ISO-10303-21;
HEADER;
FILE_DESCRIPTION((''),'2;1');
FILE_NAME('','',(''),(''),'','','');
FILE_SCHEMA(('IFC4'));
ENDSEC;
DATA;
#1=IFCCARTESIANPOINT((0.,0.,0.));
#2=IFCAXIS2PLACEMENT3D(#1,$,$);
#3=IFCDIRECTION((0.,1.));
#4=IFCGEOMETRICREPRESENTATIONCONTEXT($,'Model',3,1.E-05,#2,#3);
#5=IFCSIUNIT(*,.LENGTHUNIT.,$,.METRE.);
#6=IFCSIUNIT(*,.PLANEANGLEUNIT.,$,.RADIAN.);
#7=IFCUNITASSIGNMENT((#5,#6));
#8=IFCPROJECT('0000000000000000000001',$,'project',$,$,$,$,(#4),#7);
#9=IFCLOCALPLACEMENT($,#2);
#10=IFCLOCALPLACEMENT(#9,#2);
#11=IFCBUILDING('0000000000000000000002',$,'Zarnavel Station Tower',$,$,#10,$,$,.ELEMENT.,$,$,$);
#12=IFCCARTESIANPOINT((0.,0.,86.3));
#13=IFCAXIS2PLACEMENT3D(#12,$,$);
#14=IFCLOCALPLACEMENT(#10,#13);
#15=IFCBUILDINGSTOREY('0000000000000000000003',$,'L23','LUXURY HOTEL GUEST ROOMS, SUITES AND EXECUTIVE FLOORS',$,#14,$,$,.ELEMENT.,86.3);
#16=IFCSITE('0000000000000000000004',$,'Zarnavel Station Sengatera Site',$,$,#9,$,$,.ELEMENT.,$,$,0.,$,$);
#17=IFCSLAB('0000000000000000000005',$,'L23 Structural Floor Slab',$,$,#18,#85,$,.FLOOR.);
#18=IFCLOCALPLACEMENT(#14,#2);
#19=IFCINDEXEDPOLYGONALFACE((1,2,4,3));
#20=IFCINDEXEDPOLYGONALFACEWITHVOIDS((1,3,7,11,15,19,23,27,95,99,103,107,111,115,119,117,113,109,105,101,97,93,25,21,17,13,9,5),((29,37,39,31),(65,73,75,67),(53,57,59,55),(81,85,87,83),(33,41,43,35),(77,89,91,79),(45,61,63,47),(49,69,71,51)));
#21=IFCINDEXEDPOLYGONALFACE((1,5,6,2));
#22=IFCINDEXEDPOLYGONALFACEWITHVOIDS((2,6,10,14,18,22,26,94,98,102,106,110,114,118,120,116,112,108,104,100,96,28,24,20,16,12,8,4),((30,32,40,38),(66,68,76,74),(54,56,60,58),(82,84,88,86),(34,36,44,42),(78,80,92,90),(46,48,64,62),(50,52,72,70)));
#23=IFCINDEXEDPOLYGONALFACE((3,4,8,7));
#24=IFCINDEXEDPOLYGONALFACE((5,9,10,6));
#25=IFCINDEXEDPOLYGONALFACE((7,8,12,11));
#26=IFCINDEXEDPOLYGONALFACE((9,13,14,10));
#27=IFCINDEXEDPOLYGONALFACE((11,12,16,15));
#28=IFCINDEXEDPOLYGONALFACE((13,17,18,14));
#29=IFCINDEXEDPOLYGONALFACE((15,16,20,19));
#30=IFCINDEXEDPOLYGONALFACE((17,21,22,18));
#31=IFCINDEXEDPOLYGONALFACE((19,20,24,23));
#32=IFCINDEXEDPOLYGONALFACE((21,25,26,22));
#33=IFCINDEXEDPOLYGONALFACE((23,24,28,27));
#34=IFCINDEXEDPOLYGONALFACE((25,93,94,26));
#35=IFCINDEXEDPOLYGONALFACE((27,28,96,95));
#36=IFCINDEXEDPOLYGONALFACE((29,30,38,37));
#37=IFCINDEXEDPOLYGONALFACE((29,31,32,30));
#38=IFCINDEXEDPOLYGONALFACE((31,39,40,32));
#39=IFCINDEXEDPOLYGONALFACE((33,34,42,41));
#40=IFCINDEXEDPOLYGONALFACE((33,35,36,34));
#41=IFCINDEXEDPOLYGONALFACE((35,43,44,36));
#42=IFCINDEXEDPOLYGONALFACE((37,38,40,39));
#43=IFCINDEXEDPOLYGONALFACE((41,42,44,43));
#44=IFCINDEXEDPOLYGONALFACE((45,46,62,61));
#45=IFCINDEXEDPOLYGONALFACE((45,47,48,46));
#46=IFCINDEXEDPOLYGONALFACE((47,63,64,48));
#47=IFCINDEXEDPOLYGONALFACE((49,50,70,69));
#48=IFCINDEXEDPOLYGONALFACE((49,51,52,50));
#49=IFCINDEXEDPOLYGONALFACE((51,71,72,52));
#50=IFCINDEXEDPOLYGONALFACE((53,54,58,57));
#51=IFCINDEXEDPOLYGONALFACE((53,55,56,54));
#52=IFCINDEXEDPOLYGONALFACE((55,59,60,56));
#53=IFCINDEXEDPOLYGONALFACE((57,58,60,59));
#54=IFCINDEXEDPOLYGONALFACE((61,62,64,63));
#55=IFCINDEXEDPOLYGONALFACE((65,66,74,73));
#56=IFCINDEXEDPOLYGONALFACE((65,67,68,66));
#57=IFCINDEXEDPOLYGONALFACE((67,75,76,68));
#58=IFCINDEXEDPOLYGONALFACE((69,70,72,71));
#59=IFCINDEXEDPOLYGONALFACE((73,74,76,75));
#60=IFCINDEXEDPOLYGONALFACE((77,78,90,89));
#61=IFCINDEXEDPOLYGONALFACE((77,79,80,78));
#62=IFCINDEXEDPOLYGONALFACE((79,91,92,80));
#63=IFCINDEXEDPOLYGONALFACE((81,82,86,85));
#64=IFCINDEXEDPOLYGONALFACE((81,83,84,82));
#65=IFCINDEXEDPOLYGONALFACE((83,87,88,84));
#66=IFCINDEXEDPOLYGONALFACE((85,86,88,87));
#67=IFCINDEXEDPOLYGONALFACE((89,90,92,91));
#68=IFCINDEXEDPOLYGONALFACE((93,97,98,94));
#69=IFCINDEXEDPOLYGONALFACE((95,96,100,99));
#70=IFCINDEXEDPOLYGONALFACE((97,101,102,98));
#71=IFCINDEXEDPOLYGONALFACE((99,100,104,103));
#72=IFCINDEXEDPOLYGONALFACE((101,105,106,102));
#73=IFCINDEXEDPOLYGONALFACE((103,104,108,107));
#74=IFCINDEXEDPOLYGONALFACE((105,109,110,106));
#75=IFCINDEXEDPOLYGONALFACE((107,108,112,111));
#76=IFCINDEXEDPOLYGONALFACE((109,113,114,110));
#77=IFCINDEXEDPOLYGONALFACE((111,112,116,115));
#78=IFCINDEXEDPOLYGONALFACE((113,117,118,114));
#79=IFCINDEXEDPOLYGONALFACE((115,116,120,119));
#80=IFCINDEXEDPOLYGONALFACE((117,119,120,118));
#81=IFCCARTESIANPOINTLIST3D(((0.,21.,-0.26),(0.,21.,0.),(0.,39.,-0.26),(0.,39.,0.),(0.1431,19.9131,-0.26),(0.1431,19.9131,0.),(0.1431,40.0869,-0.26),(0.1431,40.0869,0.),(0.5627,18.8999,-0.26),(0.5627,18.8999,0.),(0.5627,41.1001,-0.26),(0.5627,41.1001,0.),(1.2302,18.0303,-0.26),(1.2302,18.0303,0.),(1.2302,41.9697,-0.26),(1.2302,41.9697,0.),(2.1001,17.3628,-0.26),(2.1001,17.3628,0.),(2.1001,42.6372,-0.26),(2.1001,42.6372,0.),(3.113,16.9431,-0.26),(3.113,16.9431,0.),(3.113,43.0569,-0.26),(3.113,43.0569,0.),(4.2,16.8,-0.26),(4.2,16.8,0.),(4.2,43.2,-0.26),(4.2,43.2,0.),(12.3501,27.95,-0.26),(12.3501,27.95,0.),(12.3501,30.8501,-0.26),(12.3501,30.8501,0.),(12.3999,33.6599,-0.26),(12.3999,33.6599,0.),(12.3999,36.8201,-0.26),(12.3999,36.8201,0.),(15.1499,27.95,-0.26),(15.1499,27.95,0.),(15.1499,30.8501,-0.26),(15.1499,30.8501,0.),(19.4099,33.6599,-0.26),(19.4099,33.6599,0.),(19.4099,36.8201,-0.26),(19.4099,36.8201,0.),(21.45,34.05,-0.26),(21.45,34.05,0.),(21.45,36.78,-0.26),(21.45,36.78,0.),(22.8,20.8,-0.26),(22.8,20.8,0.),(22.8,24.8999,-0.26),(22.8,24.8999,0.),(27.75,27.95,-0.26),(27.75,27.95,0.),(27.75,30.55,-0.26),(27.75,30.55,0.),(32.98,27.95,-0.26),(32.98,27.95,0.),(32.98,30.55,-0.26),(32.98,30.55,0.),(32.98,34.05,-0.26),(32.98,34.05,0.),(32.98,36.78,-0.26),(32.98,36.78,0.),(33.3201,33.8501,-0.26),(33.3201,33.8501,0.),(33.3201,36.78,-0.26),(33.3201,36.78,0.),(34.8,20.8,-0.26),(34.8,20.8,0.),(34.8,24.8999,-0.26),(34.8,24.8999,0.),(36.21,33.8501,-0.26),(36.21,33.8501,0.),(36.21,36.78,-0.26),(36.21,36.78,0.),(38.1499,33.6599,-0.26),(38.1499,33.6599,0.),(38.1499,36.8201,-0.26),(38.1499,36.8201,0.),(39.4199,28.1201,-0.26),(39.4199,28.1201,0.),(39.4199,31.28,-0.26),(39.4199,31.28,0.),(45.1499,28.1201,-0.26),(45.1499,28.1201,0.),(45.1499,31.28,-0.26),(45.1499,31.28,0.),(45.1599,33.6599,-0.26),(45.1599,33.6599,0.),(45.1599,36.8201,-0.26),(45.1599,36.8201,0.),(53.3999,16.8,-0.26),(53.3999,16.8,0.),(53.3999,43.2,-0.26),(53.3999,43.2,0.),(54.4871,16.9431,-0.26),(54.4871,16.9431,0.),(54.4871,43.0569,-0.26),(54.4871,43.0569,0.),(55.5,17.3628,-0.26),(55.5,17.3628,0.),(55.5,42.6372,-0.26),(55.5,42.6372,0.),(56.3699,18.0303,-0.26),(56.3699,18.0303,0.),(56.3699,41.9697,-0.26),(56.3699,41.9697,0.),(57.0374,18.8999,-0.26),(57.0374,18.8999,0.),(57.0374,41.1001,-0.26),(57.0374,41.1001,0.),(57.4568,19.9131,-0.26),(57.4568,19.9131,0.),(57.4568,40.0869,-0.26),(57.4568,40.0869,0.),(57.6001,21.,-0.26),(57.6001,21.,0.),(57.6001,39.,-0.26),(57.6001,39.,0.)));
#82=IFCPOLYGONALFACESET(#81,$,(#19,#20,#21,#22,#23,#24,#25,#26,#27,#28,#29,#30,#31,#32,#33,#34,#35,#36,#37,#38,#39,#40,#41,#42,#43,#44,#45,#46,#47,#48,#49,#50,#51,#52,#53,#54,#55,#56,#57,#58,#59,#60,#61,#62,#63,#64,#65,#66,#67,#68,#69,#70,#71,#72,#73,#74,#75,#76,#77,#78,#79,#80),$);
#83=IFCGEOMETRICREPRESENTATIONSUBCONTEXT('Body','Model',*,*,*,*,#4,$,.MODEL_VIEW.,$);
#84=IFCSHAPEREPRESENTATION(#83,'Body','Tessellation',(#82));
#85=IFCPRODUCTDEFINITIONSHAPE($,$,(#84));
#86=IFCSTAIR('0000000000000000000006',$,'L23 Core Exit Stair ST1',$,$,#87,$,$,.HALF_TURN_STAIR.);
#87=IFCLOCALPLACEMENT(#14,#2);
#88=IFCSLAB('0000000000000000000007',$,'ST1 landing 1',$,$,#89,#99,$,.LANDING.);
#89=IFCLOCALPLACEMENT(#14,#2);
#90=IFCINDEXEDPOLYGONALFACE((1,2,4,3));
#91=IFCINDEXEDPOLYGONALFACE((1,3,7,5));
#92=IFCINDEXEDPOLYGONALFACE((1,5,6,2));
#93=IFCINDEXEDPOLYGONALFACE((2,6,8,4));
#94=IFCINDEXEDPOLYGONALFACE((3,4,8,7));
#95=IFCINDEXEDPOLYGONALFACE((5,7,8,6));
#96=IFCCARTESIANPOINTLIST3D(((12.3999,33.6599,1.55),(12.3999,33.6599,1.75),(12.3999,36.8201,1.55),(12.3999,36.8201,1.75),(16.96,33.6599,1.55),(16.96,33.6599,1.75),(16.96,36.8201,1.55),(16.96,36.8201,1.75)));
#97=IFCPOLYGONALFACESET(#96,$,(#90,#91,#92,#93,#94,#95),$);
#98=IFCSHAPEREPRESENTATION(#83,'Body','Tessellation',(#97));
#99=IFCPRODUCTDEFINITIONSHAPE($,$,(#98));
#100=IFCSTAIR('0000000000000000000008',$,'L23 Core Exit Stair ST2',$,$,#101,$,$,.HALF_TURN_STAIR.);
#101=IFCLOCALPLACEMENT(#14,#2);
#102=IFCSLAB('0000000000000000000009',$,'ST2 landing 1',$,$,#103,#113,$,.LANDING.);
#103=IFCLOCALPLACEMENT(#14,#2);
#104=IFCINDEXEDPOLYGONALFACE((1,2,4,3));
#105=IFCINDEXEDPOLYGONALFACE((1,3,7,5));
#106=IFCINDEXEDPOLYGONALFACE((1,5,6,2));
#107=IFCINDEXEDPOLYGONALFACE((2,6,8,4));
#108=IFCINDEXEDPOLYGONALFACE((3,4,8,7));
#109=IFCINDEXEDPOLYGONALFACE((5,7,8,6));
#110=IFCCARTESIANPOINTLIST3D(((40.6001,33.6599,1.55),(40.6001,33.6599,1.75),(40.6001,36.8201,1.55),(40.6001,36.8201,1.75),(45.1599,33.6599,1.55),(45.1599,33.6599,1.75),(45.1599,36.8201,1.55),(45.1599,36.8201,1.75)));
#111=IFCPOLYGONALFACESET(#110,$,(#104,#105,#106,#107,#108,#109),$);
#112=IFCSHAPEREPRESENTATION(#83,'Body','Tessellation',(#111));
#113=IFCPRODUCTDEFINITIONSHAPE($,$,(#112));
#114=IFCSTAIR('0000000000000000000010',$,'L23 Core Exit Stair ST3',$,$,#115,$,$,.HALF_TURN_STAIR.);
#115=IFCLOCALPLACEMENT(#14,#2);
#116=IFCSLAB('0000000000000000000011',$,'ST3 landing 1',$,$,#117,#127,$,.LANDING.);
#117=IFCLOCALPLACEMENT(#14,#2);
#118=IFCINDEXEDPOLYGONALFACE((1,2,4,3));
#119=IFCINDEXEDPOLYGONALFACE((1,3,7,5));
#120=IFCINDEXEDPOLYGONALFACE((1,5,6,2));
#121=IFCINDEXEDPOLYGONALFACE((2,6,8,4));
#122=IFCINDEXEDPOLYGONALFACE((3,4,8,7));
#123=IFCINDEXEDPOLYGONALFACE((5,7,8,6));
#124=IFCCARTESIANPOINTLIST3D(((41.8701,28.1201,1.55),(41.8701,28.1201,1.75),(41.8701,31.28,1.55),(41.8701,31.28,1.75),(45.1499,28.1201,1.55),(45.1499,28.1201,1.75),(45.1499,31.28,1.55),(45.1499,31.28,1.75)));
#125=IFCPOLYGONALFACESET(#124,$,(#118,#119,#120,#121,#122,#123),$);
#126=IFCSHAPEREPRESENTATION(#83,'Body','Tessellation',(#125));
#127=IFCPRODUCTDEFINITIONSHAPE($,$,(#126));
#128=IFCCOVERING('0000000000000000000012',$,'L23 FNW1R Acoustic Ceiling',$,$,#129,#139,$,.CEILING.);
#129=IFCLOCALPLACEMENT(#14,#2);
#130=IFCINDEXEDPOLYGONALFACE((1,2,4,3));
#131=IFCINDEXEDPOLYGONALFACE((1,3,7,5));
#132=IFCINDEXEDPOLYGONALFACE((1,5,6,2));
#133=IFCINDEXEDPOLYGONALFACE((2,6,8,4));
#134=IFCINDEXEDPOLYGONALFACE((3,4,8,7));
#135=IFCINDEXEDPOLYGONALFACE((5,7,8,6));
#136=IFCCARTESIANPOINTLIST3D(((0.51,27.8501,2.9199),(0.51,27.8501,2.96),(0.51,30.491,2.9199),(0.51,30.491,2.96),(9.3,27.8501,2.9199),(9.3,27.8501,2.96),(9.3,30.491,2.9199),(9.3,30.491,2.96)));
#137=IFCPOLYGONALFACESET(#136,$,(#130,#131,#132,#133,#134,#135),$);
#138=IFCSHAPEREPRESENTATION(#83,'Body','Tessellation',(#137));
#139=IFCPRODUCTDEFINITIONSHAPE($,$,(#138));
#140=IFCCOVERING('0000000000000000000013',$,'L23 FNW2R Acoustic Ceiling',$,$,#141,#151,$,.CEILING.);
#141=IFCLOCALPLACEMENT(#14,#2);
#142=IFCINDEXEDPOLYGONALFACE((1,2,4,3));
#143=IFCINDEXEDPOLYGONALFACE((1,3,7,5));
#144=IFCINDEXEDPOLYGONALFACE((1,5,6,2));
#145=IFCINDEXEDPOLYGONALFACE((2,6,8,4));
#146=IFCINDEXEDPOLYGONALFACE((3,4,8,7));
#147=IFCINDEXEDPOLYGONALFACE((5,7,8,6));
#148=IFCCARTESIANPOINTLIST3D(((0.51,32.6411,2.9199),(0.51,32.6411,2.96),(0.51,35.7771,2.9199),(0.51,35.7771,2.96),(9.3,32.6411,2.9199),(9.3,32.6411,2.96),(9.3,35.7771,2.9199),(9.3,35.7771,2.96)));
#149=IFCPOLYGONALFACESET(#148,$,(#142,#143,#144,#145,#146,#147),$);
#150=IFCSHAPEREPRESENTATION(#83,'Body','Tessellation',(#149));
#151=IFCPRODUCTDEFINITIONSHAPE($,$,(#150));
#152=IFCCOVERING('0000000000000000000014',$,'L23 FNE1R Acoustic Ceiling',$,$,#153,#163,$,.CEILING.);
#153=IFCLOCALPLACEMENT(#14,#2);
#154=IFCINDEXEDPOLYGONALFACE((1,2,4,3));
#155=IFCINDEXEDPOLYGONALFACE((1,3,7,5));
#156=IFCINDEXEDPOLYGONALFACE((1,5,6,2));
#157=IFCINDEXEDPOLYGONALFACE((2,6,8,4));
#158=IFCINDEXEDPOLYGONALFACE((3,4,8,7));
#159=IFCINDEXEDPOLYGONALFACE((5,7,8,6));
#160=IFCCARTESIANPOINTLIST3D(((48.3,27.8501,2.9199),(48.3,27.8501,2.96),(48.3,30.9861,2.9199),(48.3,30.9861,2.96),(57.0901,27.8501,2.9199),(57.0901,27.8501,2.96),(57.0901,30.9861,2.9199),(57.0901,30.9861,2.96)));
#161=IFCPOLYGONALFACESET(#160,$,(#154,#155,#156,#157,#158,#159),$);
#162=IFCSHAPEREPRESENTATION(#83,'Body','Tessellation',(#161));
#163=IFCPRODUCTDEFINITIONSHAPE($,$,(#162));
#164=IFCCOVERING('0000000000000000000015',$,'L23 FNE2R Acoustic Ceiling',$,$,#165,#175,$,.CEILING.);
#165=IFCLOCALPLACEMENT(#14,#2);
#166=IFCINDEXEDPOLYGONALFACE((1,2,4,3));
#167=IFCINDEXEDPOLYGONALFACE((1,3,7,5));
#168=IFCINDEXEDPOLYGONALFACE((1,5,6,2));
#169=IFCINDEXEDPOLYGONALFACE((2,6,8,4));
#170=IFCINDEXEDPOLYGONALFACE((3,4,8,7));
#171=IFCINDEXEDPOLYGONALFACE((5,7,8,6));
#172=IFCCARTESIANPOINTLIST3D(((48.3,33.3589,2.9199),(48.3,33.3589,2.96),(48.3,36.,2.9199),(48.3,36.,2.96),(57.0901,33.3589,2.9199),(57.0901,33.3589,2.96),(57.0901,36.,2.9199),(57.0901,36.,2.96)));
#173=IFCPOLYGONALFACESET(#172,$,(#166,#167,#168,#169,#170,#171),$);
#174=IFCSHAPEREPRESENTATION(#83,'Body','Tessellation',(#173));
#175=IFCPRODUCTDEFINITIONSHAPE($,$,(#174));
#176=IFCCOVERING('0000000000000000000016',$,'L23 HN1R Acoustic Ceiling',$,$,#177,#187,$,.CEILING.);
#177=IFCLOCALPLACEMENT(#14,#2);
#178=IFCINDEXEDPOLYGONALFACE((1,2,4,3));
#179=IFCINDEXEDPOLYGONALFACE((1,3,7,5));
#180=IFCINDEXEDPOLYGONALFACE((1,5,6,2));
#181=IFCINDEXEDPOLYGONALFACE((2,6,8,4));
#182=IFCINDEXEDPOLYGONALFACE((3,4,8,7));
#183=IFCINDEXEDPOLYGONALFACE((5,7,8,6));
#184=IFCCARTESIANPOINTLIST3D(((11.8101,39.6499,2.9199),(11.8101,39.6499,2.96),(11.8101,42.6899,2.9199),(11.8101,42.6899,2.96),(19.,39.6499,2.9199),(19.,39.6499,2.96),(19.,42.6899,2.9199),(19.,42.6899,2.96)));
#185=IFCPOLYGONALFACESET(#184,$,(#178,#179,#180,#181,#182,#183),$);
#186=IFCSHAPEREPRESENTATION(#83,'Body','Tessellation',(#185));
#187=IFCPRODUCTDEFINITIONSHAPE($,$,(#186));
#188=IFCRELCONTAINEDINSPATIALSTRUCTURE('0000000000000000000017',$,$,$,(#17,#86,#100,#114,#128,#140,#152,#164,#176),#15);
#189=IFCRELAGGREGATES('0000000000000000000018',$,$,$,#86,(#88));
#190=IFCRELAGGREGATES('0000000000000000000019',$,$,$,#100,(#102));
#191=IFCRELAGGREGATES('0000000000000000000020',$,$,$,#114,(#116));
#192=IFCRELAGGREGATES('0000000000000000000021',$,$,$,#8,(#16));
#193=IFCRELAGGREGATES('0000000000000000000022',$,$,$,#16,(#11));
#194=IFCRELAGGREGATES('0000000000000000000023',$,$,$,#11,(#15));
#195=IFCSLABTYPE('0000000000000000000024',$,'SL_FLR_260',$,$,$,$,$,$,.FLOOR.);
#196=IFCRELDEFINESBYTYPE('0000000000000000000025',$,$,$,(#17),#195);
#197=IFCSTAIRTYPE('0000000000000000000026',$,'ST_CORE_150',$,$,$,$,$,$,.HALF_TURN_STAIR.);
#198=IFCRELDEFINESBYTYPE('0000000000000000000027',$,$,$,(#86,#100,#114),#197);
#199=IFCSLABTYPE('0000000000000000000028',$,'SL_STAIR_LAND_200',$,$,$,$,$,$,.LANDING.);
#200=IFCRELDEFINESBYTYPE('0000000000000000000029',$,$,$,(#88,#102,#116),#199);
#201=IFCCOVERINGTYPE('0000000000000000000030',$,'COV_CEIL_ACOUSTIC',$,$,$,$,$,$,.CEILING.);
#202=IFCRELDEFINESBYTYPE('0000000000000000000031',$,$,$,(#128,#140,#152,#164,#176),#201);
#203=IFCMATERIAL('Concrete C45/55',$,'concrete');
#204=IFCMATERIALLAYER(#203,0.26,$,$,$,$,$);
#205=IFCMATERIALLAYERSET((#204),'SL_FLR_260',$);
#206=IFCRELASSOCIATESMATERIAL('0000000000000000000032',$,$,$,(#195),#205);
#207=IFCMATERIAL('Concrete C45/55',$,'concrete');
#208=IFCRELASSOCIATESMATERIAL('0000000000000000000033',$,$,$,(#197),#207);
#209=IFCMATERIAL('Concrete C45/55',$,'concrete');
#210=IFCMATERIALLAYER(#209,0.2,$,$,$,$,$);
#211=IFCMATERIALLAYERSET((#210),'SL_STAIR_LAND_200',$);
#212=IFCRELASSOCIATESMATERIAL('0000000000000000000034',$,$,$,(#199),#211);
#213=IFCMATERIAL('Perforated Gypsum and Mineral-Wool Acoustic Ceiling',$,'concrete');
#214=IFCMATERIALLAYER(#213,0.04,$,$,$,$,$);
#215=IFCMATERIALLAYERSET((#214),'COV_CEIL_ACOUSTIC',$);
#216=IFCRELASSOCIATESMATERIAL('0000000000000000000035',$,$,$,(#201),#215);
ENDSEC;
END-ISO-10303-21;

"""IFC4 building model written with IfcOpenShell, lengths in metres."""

from ifc_helpers import new_model, si_unit, direction, frame, origin, place, context, subcontext, project, spatial, polyline, outline, extrude, material, layer, layer_set, type_object, element, aggregate, save


model = new_model("IFC4")

# Units and contexts
model_context = context("Model", 3, precision=1e-05, world=origin(), true_north=direction((0.0, 1.0)))
body_context = subcontext(model_context, "Body", "Model", "MODEL_VIEW")
ifc_project = project(units=[si_unit("LENGTHUNIT", "METRE"), si_unit("PLANEANGLEUNIT", "RADIAN")], contexts=[model_context])

# Site, building, storey
site_placement = place(None, origin())
site = spatial("IfcSite", under=ifc_project, at=site_placement, Name="Zarnavel Station Sengatera Site", CompositionType="ELEMENT", RefElevation=0.0)
building_placement = place(site_placement, origin())
building = spatial("IfcBuilding", under=site, at=building_placement, Name="Zarnavel Station Tower", CompositionType="ELEMENT")
storey_placement = place(building_placement, frame((0.0, 0.0, 86.3)))
storey = spatial("IfcBuildingStorey", under=building, at=storey_placement, Name="L23", Description="LUXURY HOTEL GUEST ROOMS, SUITES AND EXECUTIVE FLOORS", CompositionType="ELEMENT", Elevation=86.3)

# Slab
ifc_material_1 = material(Name="Concrete C45/55", Category="concrete")
ifc_layer_1 = layer(ifc_material_1, 0.26)
ifc_layer_set_1 = layer_set([ifc_layer_1], Name="SL_FLR_260")
slab_type_1 = type_object("IfcSlabType", Name="SL_FLR_260", PredefinedType="FLOOR", material=ifc_layer_set_1)
slab_1_placement = place(storey_placement, frame((0.0, 0.0, -0.26)))
element("IfcSlab", 1, at=slab_1_placement, inside=storey, type_object=slab_type_1, Name="L23 Structural Floor Slab", PredefinedType="FLOOR", context=body_context, shape_type="SweptSolid", body=[
    extrude(outline(polyline([(53.3999, 16.8), (54.4871, 16.9431), (55.5, 17.3628), (56.3699, 18.0303), (57.0374, 18.8999), (57.4568, 19.9131), (57.6001, 21.0), (57.6001, 39.0), (57.4568, 40.0869), (57.0374, 41.1001), (56.3699, 41.9697), (55.5, 42.6372), (54.4871, 43.0569), (53.3999, 43.2), (4.2, 43.2), (3.113, 43.0569), (2.1001, 42.6372), (1.2302, 41.9697), (0.5627, 41.1001), (0.1431, 40.0869), (0.0, 39.0), (0.0, 21.0), (0.1431, 19.9131), (0.5627, 18.8999), (1.2302, 18.0303), (2.1001, 17.3628), (3.113, 16.9431), (4.2, 16.8), (53.3999, 16.8)]), holes=[polyline([(12.3999, 33.6599), (19.4099, 33.6599), (19.4099, 36.8201), (12.3999, 36.8201), (12.3999, 33.6599)]), polyline([(38.1499, 33.6599), (45.1599, 33.6599), (45.1599, 36.8201), (38.1499, 36.8201), (38.1499, 33.6599)]), polyline([(39.4199, 28.1201), (45.1499, 28.1201), (45.1499, 31.28), (39.4199, 31.28), (39.4199, 28.1201)]), polyline([(12.3501, 27.95), (15.1499, 27.95), (15.1499, 30.8501), (12.3501, 30.8501), (12.3501, 27.95)]), polyline([(33.3201, 33.8501), (36.21, 33.8501), (36.21, 36.78), (33.3201, 36.78), (33.3201, 33.8501)]), polyline([(21.45, 34.05), (32.98, 34.05), (32.98, 36.78), (21.45, 36.78), (21.45, 34.05)]), polyline([(27.75, 27.95), (32.98, 27.95), (32.98, 30.55), (27.75, 30.55), (27.75, 27.95)]), polyline([(22.8, 20.8), (34.8, 20.8), (34.8, 24.8999), (22.8, 24.8999), (22.8, 20.8)])]), origin(), (0.0, 0.0, 1.0), 0.26),
])

# Stairs, slabs
ifc_material_2 = material(Name="Concrete C45/55", Category="concrete")
stair_type = type_object("IfcStairType", Name="ST_CORE_150", PredefinedType="HALF_TURN_STAIR", material=ifc_material_2)
stair_1_placement = place(storey_placement, origin())
stair_1 = element("IfcStair", 2, at=stair_1_placement, inside=storey, type_object=stair_type, Name="L23 Core Exit Stair ST1", PredefinedType="HALF_TURN_STAIR")
ifc_material_3 = material(Name="Concrete C45/55", Category="concrete")
ifc_layer_2 = layer(ifc_material_3, 0.2)
ifc_layer_set_2 = layer_set([ifc_layer_2], Name="SL_STAIR_LAND_200")
slab_type_2 = type_object("IfcSlabType", Name="SL_STAIR_LAND_200", PredefinedType="LANDING", material=ifc_layer_set_2)
slab_2_placement = place(storey_placement, frame((0.0, 0.0, 1.55)))
slab_2 = element("IfcSlab", 3, at=slab_2_placement, type_object=slab_type_2, Name="ST1 landing 1", PredefinedType="LANDING", context=body_context, shape_type="SweptSolid", body=[
    extrude(outline(polyline([(16.96, 36.8201), (12.3999, 36.8201), (12.3999, 33.6599), (16.96, 33.6599), (16.96, 36.8201)])), origin(), (0.0, 0.0, 1.0), 0.2),
])
aggregate(stair_1, [slab_2])
stair_2_placement = place(storey_placement, origin())
stair_2 = element("IfcStair", 4, at=stair_2_placement, inside=storey, type_object=stair_type, Name="L23 Core Exit Stair ST2", PredefinedType="HALF_TURN_STAIR")
slab_3_placement = place(storey_placement, frame((0.0, 0.0, 1.55)))
slab_3 = element("IfcSlab", 5, at=slab_3_placement, type_object=slab_type_2, Name="ST2 landing 1", PredefinedType="LANDING", context=body_context, shape_type="SweptSolid", body=[
    extrude(outline(polyline([(40.6001, 33.6599), (45.1599, 33.6599), (45.1599, 36.8201), (40.6001, 36.8201), (40.6001, 33.6599)])), origin(), (0.0, 0.0, 1.0), 0.2),
])
aggregate(stair_2, [slab_3])
stair_3_placement = place(storey_placement, origin())
stair_3 = element("IfcStair", 6, at=stair_3_placement, inside=storey, type_object=stair_type, Name="L23 Core Exit Stair ST3", PredefinedType="HALF_TURN_STAIR")
slab_4_placement = place(storey_placement, frame((0.0, 0.0, 1.55)))
slab_4 = element("IfcSlab", 7, at=slab_4_placement, type_object=slab_type_2, Name="ST3 landing 1", PredefinedType="LANDING", context=body_context, shape_type="SweptSolid", body=[
    extrude(outline(polyline([(41.8701, 28.1201), (45.1499, 28.1201), (45.1499, 31.28), (41.8701, 31.28), (41.8701, 28.1201)])), origin(), (0.0, 0.0, 1.0), 0.2),
])
aggregate(stair_3, [slab_4])

# Coverings
ifc_material_4 = material(Name="Perforated Gypsum and Mineral-Wool Acoustic Ceiling", Category="concrete")
ifc_layer_3 = layer(ifc_material_4, 0.04)
ifc_layer_set_3 = layer_set([ifc_layer_3], Name="COV_CEIL_ACOUSTIC")
covering_type_1 = type_object("IfcCoveringType", Name="COV_CEIL_ACOUSTIC", PredefinedType="CEILING", material=ifc_layer_set_3)
covering_1_placement = place(storey_placement, frame((0.0, 0.0, 2.9199)))
element("IfcCovering", 8, at=covering_1_placement, inside=storey, type_object=covering_type_1, Name="L23 FNW1R Acoustic Ceiling", PredefinedType="CEILING", context=body_context, shape_type="SweptSolid", body=[
    extrude(outline(polyline([(0.51, 27.8501), (9.3, 27.8501), (9.3, 30.491), (0.51, 30.491), (0.51, 27.8501)])), origin(), (0.0, 0.0, 1.0), 0.04),
])
covering_2_placement = place(storey_placement, frame((0.0, 0.0, 2.9199)))
element("IfcCovering", 9, at=covering_2_placement, inside=storey, type_object=covering_type_1, Name="L23 FNW2R Acoustic Ceiling", PredefinedType="CEILING", context=body_context, shape_type="SweptSolid", body=[
    extrude(outline(polyline([(0.51, 32.6411), (9.3, 32.6411), (9.3, 35.7771), (0.51, 35.7771), (0.51, 32.6411)])), origin(), (0.0, 0.0, 1.0), 0.04),
])
covering_3_placement = place(storey_placement, frame((0.0, 0.0, 2.9199)))
element("IfcCovering", 10, at=covering_3_placement, inside=storey, type_object=covering_type_1, Name="L23 FNE1R Acoustic Ceiling", PredefinedType="CEILING", context=body_context, shape_type="SweptSolid", body=[
    extrude(outline(polyline([(48.3, 27.8501), (57.0901, 27.8501), (57.0901, 30.9861), (48.3, 30.9861), (48.3, 27.8501)])), origin(), (0.0, 0.0, 1.0), 0.04),
])
covering_4_placement = place(storey_placement, frame((0.0, 0.0, 2.9199)))
element("IfcCovering", 11, at=covering_4_placement, inside=storey, type_object=covering_type_1, Name="L23 FNE2R Acoustic Ceiling", PredefinedType="CEILING", context=body_context, shape_type="SweptSolid", body=[
    extrude(outline(polyline([(48.3, 33.3589), (57.0901, 33.3589), (57.0901, 36.0), (48.3, 36.0), (48.3, 33.3589)])), origin(), (0.0, 0.0, 1.0), 0.04),
])
covering_5_placement = place(storey_placement, frame((0.0, 0.0, 2.9199)))
element("IfcCovering", 12, at=covering_5_placement, inside=storey, type_object=covering_type_1, Name="L23 HN1R Acoustic Ceiling", PredefinedType="CEILING", context=body_context, shape_type="SweptSolid", body=[
    extrude(outline(polyline([(11.8101, 39.6499), (19.0, 39.6499), (19.0, 42.6899), (11.8101, 42.6899), (11.8101, 39.6499)])), origin(), (0.0, 0.0, 1.0), 0.04),
])

save(model, "model.ifc")
